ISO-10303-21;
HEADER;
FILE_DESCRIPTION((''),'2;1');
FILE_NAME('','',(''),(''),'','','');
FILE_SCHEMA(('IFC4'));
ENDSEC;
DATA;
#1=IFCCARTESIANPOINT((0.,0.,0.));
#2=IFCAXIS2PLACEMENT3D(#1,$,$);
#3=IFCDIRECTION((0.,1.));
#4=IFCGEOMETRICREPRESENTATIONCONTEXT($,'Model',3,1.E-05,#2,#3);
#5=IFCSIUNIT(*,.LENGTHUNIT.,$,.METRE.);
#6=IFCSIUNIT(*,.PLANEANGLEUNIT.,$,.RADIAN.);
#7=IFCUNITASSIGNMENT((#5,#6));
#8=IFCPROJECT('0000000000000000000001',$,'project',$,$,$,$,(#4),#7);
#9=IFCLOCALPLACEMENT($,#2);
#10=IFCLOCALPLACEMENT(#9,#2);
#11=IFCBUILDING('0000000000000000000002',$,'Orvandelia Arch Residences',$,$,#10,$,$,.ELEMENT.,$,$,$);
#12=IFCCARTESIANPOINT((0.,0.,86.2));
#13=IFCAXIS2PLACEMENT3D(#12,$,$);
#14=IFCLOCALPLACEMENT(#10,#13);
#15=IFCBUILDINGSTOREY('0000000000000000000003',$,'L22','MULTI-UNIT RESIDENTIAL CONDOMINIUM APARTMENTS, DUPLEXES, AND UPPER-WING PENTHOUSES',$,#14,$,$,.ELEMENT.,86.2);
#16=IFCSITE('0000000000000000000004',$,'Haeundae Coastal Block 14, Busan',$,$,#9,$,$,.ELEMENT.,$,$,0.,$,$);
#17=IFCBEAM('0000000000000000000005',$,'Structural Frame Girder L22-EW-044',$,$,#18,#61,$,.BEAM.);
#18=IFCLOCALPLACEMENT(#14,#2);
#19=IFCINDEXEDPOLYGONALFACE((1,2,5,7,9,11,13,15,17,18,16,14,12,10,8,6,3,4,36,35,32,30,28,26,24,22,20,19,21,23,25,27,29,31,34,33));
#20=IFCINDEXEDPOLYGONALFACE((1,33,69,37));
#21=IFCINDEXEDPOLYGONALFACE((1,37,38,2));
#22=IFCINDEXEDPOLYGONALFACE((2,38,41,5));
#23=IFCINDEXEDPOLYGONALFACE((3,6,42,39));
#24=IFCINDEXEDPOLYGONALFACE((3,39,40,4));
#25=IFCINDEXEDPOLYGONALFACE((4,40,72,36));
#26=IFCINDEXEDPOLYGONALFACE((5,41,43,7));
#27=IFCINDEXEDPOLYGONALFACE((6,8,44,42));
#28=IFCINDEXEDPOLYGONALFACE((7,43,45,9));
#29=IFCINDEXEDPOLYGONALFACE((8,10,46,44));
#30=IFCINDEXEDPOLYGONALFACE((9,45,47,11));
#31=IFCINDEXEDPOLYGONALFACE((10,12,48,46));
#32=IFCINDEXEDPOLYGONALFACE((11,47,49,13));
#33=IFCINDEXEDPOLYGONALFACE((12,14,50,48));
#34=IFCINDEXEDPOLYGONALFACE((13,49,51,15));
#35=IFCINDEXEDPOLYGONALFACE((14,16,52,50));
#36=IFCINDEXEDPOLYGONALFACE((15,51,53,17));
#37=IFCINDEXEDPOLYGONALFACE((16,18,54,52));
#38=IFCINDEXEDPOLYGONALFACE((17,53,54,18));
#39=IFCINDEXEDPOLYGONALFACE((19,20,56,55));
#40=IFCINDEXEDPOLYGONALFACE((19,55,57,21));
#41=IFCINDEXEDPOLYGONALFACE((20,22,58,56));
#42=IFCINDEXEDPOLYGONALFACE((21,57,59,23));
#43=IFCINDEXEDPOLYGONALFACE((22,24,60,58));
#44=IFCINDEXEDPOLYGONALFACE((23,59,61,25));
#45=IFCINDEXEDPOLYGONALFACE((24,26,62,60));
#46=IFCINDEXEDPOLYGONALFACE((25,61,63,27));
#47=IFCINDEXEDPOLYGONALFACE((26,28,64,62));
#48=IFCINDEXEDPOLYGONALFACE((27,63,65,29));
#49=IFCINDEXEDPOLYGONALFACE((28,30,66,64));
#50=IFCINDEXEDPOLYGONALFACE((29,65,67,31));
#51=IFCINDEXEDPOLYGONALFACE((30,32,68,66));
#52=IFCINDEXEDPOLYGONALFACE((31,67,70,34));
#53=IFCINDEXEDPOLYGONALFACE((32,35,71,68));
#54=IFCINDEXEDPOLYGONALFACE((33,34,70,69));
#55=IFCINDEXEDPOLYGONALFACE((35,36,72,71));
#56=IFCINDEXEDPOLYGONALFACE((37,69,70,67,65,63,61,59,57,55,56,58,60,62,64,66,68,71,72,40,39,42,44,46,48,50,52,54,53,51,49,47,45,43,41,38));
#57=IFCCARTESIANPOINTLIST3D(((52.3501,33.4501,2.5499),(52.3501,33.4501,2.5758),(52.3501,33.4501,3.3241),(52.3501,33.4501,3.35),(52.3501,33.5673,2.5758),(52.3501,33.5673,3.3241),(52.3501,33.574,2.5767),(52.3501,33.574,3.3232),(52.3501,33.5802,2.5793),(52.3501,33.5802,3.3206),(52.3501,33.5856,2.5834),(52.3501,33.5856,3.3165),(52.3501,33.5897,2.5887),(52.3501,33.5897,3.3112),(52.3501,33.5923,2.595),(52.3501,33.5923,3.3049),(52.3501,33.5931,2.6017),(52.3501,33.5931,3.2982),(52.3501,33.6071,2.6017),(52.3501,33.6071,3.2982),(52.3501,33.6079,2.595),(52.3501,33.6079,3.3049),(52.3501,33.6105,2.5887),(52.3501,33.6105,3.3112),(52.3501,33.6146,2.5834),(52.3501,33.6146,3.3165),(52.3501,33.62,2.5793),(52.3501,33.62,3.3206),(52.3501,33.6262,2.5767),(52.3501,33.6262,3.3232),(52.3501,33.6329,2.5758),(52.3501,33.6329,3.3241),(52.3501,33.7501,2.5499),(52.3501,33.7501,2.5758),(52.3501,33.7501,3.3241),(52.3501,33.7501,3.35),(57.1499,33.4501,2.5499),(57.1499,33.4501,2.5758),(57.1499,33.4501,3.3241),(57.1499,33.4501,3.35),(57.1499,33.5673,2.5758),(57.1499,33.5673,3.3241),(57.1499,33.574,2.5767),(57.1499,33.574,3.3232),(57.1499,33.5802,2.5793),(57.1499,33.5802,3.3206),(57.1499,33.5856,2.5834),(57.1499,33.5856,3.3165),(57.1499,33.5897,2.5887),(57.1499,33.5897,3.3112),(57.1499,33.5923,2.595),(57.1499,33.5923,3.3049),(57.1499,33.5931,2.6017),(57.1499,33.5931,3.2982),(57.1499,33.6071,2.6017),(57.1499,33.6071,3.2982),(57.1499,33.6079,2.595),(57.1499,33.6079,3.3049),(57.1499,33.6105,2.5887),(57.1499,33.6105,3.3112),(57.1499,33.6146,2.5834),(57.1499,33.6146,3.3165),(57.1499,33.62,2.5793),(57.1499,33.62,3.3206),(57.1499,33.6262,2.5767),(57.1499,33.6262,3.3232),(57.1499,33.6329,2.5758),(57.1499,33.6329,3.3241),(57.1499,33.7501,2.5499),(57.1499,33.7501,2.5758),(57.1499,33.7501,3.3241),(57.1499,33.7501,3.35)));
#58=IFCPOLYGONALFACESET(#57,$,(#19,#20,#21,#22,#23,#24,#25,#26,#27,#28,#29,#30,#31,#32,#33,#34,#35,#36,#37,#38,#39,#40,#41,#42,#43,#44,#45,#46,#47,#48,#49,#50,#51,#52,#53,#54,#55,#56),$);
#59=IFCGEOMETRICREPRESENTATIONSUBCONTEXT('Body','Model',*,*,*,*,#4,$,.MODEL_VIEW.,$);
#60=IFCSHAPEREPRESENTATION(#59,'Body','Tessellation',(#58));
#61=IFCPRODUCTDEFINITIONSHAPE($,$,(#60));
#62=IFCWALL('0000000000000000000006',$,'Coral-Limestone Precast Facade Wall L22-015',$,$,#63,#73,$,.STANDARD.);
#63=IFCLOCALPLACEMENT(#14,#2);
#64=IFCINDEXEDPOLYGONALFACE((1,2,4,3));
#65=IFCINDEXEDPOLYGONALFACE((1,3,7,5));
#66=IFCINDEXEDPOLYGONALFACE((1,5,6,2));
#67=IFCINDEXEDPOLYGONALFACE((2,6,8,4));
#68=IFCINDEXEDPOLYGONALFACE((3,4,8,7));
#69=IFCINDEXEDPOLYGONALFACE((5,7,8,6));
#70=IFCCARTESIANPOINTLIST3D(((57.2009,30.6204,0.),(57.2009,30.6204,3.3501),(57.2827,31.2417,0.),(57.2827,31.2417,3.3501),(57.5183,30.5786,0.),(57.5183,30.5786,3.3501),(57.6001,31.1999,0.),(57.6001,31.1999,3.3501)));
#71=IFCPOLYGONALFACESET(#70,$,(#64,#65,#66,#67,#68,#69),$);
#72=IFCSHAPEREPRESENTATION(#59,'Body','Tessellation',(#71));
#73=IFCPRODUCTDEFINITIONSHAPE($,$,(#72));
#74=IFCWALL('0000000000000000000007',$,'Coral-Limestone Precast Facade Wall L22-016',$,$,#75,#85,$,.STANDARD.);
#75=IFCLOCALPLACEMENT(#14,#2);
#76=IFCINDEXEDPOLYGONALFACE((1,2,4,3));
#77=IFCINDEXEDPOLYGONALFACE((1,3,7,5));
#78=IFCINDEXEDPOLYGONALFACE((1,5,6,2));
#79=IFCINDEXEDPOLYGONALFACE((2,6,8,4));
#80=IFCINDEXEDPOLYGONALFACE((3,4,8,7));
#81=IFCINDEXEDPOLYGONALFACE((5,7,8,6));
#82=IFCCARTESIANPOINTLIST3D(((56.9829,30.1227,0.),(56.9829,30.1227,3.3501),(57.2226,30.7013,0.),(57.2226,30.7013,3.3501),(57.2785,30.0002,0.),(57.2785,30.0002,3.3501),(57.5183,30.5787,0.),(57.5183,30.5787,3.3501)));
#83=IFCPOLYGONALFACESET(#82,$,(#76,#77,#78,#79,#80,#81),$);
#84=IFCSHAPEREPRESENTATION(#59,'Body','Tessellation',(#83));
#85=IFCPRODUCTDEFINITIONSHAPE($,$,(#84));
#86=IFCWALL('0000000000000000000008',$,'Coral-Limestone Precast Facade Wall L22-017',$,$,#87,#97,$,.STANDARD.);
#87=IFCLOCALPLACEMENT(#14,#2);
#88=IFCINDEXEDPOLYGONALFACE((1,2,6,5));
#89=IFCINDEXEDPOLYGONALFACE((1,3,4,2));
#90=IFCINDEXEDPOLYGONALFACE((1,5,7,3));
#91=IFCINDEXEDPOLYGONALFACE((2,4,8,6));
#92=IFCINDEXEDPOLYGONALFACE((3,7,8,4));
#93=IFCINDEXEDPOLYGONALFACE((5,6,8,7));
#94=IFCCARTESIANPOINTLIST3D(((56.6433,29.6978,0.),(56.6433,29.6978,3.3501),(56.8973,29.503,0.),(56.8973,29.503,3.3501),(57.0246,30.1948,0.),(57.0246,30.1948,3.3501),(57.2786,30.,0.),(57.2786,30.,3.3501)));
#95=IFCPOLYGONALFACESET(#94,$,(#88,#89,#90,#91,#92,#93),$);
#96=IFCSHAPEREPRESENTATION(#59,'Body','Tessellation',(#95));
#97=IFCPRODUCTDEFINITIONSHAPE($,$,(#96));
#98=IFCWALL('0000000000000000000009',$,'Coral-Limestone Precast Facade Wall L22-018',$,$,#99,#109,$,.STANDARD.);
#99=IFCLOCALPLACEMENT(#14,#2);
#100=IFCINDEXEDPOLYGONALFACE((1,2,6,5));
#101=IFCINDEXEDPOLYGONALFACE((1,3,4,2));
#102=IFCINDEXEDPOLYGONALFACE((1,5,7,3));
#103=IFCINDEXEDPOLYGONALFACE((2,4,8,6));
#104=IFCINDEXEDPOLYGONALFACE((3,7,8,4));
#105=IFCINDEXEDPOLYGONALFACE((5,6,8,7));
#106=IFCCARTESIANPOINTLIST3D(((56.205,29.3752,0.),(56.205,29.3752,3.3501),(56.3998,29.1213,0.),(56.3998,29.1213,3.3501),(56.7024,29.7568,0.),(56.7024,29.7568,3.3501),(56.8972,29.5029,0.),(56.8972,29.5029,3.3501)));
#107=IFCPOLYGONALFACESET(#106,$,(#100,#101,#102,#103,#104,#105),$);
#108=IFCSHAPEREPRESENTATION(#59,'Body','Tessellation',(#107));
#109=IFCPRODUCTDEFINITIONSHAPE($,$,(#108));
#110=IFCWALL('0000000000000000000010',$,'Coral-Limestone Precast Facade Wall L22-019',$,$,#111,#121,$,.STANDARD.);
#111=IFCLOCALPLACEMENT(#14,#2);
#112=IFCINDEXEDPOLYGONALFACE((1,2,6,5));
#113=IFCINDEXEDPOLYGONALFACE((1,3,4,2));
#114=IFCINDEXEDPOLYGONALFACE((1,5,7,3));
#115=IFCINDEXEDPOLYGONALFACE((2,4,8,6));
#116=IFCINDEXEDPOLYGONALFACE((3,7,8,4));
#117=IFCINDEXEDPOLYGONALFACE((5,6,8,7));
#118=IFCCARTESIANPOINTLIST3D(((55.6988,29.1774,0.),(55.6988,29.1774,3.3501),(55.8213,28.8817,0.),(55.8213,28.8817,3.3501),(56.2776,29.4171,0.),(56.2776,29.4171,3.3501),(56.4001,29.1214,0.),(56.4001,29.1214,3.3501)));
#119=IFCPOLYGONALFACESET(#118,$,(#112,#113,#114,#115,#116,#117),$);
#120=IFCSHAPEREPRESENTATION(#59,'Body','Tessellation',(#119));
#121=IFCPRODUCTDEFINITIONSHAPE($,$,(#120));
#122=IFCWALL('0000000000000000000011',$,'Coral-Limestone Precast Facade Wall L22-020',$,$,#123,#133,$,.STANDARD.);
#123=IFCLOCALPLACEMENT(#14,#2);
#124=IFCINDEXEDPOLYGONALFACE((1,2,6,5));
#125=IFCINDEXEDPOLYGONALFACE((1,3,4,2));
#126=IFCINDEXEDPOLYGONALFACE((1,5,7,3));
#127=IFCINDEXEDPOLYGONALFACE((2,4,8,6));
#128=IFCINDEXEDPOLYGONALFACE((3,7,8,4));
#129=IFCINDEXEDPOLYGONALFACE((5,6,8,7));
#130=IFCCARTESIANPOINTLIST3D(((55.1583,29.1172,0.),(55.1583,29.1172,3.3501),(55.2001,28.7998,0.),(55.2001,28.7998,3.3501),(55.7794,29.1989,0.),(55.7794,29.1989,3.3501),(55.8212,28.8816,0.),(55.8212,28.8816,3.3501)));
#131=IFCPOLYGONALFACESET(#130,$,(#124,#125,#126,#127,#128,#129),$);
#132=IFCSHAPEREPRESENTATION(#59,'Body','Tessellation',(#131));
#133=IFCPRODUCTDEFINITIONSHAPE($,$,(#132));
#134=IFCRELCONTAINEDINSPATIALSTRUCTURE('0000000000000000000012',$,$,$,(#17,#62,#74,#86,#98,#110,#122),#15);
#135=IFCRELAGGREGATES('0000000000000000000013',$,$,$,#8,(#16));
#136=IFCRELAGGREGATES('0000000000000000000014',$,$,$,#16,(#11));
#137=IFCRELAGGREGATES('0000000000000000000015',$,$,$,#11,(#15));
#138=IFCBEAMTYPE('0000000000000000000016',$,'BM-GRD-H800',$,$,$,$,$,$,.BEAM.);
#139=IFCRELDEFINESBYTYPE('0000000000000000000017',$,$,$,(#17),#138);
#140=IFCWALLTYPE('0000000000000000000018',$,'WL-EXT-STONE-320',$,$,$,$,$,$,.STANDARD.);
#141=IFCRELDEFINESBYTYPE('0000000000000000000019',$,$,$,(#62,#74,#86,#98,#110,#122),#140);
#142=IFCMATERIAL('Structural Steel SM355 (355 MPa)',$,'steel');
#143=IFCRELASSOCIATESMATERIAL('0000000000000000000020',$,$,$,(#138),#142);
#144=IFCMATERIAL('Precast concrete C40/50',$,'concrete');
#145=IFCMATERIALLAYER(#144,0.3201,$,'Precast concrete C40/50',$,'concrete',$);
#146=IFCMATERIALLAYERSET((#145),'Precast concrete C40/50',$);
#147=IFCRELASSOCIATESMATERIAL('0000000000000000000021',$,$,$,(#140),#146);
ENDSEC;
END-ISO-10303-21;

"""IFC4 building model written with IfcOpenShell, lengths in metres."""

from ifc_helpers import new_model, si_unit, direction, frame, frame_2d, origin, origin_2d, place, context, subcontext, project, spatial, rectangle, i_section, extrude, material, layer, layer_set, material_profile, profile_set, type_object, element, save


model = new_model("IFC4")

# Units and contexts
model_context = context("Model", 3, precision=1e-05, world=origin(), true_north=direction((0.0, 1.0)))
body_context = subcontext(model_context, "Body", "Model", "MODEL_VIEW")
ifc_project = project(units=[si_unit("LENGTHUNIT", "METRE"), si_unit("PLANEANGLEUNIT", "RADIAN")], contexts=[model_context])

# Site, building, storey
site_placement = place(None, origin())
site = spatial("IfcSite", under=ifc_project, at=site_placement, Name="Haeundae Coastal Block 14, Busan", CompositionType="ELEMENT", RefElevation=0.0)
building_placement = place(site_placement, origin())
building = spatial("IfcBuilding", under=site, at=building_placement, Name="Orvandelia Arch Residences", CompositionType="ELEMENT")
storey_placement = place(building_placement, frame((0.0, 0.0, 86.2)))
storey = spatial("IfcBuildingStorey", under=building, at=storey_placement, Name="L22", Description="MULTI-UNIT RESIDENTIAL CONDOMINIUM APARTMENTS, DUPLEXES, AND UPPER-WING PENTHOUSES", CompositionType="ELEMENT", Elevation=86.2)

# Beam
ifc_material_1 = material(Name="Structural Steel SM355 (355 MPa)", Category="steel")
ifc_material_profile_1 = material_profile(ifc_material_1, i_section(OverallWidth=0.3, OverallDepth=0.8, WebThickness=0.0139, FlangeThickness=0.0259, FilletRadius=0.0259, at=origin_2d()), Name="Structural Steel SM355 (355 MPa)", Category="steel")
ifc_profile_set_1 = profile_set([ifc_material_profile_1], Name="Structural Steel SM355 (355 MPa)")
beam_type = type_object("IfcBeamType", Name="BM-GRD-H800", PredefinedType="BEAM", material=ifc_profile_set_1)
for number, where, z_axis, x_axis, name in (
    (1, (52.3501, 33.6001, 2.95), (1.0, 0.0, 0.0), (0.0, 1.0, 0.0), "Structural Frame Girder L22-EW-044"),
):
    element("IfcBeam", number, at=place(storey_placement, frame(where, z_axis=z_axis, x_axis=x_axis)), inside=storey, type_object=beam_type, Name=name, PredefinedType="BEAM", context=body_context, shape_type="SweptSolid", body=[
        extrude(i_section(OverallWidth=0.3, OverallDepth=0.8, WebThickness=0.0139, FlangeThickness=0.0259, FilletRadius=0.0259, at=origin_2d()), origin(), (0.0, 0.0, 1.0), 4.7998),
    ])

# Walls
ifc_material_2 = material(Name="Precast concrete C40/50", Category="concrete")
ifc_layer_1 = layer(ifc_material_2, 0.3201, Name="Precast concrete C40/50", Category="concrete")
ifc_layer_set_1 = layer_set([ifc_layer_1], Name="Precast concrete C40/50")
wall_type_1 = type_object("IfcWallType", Name="WL-EXT-STONE-320", PredefinedType="STANDARD", material=ifc_layer_set_1)
wall_1_placement = place(storey_placement, frame((57.4414, 31.2209, 0.0), z_axis=(0.0, 0.0, 1.0), x_axis=(-0.130505, -0.991448, 0.0)))
element("IfcWall", 2, at=wall_1_placement, inside=storey, type_object=wall_type_1, Name="Coral-Limestone Precast Facade Wall L22-015", PredefinedType="STANDARD", context=body_context, shape_type="SweptSolid", body=[
    extrude(rectangle(XDim=0.6267, YDim=0.3201, at=frame_2d((0.3135, 0.0))), origin(), (0.0, 0.0, 1.0), 3.3501),
])
wall_2_placement = place(storey_placement, frame((57.3704, 30.6399, 0.0), z_axis=(0.0, 0.0, 1.0), x_axis=(-0.382788, -0.923836, 0.0)))
element("IfcWall", 3, at=wall_2_placement, inside=storey, type_object=wall_type_1, Name="Coral-Limestone Precast Facade Wall L22-016", PredefinedType="STANDARD", context=body_context, shape_type="SweptSolid", body=[
    extrude(rectangle(XDim=0.6262, YDim=0.3201, at=frame_2d((0.313, 0.0))), origin(), (0.0, 0.0, 1.0), 3.3501),
])
wall_3_placement = place(storey_placement, frame((57.1516, 30.0974, 0.0), z_axis=(0.0, 0.0, 1.0), x_axis=(-0.608693, -0.793406, 0.0)))
element("IfcWall", 4, at=wall_3_placement, inside=storey, type_object=wall_type_1, Name="Coral-Limestone Precast Facade Wall L22-017", PredefinedType="STANDARD", context=body_context, shape_type="SweptSolid", body=[
    extrude(rectangle(XDim=0.6265, YDim=0.3201, at=frame_2d((0.3132, 0.0))), origin(), (0.0, 0.0, 1.0), 3.3501),
])
wall_4_placement = place(storey_placement, frame((56.7998, 29.6299, 0.0), z_axis=(0.0, 0.0, 1.0), x_axis=(-0.793362, -0.60875, 0.0)))
element("IfcWall", 5, at=wall_4_placement, inside=storey, type_object=wall_type_1, Name="Coral-Limestone Precast Facade Wall L22-018", PredefinedType="STANDARD", context=body_context, shape_type="SweptSolid", body=[
    extrude(rectangle(XDim=0.627, YDim=0.3201, at=frame_2d((0.3135, 0.0))), origin(), (0.0, 0.0, 1.0), 3.3501),
])
for number, where, z_axis, x_axis, name in (
    (6, (56.3389, 29.2693, 0.0), (0.0, 0.0, 1.0), (-0.923893, -0.38265, 0.0), "Coral-Limestone Precast Facade Wall L22-019"),
    (7, (55.8003, 29.0403, 0.0), (0.0, 0.0, 1.0), (-0.991441, -0.130555, 0.0), "Coral-Limestone Precast Facade Wall L22-020"),
):
    element("IfcWall", number, at=place(storey_placement, frame(where, z_axis=z_axis, x_axis=x_axis)), inside=storey, type_object=wall_type_1, Name=name, PredefinedType="STANDARD", context=body_context, shape_type="SweptSolid", body=[
        extrude(rectangle(XDim=0.6265, YDim=0.3201, at=frame_2d((0.3132, 0.0))), origin(), (0.0, 0.0, 1.0), 3.3501),
    ])

save(model, "model.ifc")
